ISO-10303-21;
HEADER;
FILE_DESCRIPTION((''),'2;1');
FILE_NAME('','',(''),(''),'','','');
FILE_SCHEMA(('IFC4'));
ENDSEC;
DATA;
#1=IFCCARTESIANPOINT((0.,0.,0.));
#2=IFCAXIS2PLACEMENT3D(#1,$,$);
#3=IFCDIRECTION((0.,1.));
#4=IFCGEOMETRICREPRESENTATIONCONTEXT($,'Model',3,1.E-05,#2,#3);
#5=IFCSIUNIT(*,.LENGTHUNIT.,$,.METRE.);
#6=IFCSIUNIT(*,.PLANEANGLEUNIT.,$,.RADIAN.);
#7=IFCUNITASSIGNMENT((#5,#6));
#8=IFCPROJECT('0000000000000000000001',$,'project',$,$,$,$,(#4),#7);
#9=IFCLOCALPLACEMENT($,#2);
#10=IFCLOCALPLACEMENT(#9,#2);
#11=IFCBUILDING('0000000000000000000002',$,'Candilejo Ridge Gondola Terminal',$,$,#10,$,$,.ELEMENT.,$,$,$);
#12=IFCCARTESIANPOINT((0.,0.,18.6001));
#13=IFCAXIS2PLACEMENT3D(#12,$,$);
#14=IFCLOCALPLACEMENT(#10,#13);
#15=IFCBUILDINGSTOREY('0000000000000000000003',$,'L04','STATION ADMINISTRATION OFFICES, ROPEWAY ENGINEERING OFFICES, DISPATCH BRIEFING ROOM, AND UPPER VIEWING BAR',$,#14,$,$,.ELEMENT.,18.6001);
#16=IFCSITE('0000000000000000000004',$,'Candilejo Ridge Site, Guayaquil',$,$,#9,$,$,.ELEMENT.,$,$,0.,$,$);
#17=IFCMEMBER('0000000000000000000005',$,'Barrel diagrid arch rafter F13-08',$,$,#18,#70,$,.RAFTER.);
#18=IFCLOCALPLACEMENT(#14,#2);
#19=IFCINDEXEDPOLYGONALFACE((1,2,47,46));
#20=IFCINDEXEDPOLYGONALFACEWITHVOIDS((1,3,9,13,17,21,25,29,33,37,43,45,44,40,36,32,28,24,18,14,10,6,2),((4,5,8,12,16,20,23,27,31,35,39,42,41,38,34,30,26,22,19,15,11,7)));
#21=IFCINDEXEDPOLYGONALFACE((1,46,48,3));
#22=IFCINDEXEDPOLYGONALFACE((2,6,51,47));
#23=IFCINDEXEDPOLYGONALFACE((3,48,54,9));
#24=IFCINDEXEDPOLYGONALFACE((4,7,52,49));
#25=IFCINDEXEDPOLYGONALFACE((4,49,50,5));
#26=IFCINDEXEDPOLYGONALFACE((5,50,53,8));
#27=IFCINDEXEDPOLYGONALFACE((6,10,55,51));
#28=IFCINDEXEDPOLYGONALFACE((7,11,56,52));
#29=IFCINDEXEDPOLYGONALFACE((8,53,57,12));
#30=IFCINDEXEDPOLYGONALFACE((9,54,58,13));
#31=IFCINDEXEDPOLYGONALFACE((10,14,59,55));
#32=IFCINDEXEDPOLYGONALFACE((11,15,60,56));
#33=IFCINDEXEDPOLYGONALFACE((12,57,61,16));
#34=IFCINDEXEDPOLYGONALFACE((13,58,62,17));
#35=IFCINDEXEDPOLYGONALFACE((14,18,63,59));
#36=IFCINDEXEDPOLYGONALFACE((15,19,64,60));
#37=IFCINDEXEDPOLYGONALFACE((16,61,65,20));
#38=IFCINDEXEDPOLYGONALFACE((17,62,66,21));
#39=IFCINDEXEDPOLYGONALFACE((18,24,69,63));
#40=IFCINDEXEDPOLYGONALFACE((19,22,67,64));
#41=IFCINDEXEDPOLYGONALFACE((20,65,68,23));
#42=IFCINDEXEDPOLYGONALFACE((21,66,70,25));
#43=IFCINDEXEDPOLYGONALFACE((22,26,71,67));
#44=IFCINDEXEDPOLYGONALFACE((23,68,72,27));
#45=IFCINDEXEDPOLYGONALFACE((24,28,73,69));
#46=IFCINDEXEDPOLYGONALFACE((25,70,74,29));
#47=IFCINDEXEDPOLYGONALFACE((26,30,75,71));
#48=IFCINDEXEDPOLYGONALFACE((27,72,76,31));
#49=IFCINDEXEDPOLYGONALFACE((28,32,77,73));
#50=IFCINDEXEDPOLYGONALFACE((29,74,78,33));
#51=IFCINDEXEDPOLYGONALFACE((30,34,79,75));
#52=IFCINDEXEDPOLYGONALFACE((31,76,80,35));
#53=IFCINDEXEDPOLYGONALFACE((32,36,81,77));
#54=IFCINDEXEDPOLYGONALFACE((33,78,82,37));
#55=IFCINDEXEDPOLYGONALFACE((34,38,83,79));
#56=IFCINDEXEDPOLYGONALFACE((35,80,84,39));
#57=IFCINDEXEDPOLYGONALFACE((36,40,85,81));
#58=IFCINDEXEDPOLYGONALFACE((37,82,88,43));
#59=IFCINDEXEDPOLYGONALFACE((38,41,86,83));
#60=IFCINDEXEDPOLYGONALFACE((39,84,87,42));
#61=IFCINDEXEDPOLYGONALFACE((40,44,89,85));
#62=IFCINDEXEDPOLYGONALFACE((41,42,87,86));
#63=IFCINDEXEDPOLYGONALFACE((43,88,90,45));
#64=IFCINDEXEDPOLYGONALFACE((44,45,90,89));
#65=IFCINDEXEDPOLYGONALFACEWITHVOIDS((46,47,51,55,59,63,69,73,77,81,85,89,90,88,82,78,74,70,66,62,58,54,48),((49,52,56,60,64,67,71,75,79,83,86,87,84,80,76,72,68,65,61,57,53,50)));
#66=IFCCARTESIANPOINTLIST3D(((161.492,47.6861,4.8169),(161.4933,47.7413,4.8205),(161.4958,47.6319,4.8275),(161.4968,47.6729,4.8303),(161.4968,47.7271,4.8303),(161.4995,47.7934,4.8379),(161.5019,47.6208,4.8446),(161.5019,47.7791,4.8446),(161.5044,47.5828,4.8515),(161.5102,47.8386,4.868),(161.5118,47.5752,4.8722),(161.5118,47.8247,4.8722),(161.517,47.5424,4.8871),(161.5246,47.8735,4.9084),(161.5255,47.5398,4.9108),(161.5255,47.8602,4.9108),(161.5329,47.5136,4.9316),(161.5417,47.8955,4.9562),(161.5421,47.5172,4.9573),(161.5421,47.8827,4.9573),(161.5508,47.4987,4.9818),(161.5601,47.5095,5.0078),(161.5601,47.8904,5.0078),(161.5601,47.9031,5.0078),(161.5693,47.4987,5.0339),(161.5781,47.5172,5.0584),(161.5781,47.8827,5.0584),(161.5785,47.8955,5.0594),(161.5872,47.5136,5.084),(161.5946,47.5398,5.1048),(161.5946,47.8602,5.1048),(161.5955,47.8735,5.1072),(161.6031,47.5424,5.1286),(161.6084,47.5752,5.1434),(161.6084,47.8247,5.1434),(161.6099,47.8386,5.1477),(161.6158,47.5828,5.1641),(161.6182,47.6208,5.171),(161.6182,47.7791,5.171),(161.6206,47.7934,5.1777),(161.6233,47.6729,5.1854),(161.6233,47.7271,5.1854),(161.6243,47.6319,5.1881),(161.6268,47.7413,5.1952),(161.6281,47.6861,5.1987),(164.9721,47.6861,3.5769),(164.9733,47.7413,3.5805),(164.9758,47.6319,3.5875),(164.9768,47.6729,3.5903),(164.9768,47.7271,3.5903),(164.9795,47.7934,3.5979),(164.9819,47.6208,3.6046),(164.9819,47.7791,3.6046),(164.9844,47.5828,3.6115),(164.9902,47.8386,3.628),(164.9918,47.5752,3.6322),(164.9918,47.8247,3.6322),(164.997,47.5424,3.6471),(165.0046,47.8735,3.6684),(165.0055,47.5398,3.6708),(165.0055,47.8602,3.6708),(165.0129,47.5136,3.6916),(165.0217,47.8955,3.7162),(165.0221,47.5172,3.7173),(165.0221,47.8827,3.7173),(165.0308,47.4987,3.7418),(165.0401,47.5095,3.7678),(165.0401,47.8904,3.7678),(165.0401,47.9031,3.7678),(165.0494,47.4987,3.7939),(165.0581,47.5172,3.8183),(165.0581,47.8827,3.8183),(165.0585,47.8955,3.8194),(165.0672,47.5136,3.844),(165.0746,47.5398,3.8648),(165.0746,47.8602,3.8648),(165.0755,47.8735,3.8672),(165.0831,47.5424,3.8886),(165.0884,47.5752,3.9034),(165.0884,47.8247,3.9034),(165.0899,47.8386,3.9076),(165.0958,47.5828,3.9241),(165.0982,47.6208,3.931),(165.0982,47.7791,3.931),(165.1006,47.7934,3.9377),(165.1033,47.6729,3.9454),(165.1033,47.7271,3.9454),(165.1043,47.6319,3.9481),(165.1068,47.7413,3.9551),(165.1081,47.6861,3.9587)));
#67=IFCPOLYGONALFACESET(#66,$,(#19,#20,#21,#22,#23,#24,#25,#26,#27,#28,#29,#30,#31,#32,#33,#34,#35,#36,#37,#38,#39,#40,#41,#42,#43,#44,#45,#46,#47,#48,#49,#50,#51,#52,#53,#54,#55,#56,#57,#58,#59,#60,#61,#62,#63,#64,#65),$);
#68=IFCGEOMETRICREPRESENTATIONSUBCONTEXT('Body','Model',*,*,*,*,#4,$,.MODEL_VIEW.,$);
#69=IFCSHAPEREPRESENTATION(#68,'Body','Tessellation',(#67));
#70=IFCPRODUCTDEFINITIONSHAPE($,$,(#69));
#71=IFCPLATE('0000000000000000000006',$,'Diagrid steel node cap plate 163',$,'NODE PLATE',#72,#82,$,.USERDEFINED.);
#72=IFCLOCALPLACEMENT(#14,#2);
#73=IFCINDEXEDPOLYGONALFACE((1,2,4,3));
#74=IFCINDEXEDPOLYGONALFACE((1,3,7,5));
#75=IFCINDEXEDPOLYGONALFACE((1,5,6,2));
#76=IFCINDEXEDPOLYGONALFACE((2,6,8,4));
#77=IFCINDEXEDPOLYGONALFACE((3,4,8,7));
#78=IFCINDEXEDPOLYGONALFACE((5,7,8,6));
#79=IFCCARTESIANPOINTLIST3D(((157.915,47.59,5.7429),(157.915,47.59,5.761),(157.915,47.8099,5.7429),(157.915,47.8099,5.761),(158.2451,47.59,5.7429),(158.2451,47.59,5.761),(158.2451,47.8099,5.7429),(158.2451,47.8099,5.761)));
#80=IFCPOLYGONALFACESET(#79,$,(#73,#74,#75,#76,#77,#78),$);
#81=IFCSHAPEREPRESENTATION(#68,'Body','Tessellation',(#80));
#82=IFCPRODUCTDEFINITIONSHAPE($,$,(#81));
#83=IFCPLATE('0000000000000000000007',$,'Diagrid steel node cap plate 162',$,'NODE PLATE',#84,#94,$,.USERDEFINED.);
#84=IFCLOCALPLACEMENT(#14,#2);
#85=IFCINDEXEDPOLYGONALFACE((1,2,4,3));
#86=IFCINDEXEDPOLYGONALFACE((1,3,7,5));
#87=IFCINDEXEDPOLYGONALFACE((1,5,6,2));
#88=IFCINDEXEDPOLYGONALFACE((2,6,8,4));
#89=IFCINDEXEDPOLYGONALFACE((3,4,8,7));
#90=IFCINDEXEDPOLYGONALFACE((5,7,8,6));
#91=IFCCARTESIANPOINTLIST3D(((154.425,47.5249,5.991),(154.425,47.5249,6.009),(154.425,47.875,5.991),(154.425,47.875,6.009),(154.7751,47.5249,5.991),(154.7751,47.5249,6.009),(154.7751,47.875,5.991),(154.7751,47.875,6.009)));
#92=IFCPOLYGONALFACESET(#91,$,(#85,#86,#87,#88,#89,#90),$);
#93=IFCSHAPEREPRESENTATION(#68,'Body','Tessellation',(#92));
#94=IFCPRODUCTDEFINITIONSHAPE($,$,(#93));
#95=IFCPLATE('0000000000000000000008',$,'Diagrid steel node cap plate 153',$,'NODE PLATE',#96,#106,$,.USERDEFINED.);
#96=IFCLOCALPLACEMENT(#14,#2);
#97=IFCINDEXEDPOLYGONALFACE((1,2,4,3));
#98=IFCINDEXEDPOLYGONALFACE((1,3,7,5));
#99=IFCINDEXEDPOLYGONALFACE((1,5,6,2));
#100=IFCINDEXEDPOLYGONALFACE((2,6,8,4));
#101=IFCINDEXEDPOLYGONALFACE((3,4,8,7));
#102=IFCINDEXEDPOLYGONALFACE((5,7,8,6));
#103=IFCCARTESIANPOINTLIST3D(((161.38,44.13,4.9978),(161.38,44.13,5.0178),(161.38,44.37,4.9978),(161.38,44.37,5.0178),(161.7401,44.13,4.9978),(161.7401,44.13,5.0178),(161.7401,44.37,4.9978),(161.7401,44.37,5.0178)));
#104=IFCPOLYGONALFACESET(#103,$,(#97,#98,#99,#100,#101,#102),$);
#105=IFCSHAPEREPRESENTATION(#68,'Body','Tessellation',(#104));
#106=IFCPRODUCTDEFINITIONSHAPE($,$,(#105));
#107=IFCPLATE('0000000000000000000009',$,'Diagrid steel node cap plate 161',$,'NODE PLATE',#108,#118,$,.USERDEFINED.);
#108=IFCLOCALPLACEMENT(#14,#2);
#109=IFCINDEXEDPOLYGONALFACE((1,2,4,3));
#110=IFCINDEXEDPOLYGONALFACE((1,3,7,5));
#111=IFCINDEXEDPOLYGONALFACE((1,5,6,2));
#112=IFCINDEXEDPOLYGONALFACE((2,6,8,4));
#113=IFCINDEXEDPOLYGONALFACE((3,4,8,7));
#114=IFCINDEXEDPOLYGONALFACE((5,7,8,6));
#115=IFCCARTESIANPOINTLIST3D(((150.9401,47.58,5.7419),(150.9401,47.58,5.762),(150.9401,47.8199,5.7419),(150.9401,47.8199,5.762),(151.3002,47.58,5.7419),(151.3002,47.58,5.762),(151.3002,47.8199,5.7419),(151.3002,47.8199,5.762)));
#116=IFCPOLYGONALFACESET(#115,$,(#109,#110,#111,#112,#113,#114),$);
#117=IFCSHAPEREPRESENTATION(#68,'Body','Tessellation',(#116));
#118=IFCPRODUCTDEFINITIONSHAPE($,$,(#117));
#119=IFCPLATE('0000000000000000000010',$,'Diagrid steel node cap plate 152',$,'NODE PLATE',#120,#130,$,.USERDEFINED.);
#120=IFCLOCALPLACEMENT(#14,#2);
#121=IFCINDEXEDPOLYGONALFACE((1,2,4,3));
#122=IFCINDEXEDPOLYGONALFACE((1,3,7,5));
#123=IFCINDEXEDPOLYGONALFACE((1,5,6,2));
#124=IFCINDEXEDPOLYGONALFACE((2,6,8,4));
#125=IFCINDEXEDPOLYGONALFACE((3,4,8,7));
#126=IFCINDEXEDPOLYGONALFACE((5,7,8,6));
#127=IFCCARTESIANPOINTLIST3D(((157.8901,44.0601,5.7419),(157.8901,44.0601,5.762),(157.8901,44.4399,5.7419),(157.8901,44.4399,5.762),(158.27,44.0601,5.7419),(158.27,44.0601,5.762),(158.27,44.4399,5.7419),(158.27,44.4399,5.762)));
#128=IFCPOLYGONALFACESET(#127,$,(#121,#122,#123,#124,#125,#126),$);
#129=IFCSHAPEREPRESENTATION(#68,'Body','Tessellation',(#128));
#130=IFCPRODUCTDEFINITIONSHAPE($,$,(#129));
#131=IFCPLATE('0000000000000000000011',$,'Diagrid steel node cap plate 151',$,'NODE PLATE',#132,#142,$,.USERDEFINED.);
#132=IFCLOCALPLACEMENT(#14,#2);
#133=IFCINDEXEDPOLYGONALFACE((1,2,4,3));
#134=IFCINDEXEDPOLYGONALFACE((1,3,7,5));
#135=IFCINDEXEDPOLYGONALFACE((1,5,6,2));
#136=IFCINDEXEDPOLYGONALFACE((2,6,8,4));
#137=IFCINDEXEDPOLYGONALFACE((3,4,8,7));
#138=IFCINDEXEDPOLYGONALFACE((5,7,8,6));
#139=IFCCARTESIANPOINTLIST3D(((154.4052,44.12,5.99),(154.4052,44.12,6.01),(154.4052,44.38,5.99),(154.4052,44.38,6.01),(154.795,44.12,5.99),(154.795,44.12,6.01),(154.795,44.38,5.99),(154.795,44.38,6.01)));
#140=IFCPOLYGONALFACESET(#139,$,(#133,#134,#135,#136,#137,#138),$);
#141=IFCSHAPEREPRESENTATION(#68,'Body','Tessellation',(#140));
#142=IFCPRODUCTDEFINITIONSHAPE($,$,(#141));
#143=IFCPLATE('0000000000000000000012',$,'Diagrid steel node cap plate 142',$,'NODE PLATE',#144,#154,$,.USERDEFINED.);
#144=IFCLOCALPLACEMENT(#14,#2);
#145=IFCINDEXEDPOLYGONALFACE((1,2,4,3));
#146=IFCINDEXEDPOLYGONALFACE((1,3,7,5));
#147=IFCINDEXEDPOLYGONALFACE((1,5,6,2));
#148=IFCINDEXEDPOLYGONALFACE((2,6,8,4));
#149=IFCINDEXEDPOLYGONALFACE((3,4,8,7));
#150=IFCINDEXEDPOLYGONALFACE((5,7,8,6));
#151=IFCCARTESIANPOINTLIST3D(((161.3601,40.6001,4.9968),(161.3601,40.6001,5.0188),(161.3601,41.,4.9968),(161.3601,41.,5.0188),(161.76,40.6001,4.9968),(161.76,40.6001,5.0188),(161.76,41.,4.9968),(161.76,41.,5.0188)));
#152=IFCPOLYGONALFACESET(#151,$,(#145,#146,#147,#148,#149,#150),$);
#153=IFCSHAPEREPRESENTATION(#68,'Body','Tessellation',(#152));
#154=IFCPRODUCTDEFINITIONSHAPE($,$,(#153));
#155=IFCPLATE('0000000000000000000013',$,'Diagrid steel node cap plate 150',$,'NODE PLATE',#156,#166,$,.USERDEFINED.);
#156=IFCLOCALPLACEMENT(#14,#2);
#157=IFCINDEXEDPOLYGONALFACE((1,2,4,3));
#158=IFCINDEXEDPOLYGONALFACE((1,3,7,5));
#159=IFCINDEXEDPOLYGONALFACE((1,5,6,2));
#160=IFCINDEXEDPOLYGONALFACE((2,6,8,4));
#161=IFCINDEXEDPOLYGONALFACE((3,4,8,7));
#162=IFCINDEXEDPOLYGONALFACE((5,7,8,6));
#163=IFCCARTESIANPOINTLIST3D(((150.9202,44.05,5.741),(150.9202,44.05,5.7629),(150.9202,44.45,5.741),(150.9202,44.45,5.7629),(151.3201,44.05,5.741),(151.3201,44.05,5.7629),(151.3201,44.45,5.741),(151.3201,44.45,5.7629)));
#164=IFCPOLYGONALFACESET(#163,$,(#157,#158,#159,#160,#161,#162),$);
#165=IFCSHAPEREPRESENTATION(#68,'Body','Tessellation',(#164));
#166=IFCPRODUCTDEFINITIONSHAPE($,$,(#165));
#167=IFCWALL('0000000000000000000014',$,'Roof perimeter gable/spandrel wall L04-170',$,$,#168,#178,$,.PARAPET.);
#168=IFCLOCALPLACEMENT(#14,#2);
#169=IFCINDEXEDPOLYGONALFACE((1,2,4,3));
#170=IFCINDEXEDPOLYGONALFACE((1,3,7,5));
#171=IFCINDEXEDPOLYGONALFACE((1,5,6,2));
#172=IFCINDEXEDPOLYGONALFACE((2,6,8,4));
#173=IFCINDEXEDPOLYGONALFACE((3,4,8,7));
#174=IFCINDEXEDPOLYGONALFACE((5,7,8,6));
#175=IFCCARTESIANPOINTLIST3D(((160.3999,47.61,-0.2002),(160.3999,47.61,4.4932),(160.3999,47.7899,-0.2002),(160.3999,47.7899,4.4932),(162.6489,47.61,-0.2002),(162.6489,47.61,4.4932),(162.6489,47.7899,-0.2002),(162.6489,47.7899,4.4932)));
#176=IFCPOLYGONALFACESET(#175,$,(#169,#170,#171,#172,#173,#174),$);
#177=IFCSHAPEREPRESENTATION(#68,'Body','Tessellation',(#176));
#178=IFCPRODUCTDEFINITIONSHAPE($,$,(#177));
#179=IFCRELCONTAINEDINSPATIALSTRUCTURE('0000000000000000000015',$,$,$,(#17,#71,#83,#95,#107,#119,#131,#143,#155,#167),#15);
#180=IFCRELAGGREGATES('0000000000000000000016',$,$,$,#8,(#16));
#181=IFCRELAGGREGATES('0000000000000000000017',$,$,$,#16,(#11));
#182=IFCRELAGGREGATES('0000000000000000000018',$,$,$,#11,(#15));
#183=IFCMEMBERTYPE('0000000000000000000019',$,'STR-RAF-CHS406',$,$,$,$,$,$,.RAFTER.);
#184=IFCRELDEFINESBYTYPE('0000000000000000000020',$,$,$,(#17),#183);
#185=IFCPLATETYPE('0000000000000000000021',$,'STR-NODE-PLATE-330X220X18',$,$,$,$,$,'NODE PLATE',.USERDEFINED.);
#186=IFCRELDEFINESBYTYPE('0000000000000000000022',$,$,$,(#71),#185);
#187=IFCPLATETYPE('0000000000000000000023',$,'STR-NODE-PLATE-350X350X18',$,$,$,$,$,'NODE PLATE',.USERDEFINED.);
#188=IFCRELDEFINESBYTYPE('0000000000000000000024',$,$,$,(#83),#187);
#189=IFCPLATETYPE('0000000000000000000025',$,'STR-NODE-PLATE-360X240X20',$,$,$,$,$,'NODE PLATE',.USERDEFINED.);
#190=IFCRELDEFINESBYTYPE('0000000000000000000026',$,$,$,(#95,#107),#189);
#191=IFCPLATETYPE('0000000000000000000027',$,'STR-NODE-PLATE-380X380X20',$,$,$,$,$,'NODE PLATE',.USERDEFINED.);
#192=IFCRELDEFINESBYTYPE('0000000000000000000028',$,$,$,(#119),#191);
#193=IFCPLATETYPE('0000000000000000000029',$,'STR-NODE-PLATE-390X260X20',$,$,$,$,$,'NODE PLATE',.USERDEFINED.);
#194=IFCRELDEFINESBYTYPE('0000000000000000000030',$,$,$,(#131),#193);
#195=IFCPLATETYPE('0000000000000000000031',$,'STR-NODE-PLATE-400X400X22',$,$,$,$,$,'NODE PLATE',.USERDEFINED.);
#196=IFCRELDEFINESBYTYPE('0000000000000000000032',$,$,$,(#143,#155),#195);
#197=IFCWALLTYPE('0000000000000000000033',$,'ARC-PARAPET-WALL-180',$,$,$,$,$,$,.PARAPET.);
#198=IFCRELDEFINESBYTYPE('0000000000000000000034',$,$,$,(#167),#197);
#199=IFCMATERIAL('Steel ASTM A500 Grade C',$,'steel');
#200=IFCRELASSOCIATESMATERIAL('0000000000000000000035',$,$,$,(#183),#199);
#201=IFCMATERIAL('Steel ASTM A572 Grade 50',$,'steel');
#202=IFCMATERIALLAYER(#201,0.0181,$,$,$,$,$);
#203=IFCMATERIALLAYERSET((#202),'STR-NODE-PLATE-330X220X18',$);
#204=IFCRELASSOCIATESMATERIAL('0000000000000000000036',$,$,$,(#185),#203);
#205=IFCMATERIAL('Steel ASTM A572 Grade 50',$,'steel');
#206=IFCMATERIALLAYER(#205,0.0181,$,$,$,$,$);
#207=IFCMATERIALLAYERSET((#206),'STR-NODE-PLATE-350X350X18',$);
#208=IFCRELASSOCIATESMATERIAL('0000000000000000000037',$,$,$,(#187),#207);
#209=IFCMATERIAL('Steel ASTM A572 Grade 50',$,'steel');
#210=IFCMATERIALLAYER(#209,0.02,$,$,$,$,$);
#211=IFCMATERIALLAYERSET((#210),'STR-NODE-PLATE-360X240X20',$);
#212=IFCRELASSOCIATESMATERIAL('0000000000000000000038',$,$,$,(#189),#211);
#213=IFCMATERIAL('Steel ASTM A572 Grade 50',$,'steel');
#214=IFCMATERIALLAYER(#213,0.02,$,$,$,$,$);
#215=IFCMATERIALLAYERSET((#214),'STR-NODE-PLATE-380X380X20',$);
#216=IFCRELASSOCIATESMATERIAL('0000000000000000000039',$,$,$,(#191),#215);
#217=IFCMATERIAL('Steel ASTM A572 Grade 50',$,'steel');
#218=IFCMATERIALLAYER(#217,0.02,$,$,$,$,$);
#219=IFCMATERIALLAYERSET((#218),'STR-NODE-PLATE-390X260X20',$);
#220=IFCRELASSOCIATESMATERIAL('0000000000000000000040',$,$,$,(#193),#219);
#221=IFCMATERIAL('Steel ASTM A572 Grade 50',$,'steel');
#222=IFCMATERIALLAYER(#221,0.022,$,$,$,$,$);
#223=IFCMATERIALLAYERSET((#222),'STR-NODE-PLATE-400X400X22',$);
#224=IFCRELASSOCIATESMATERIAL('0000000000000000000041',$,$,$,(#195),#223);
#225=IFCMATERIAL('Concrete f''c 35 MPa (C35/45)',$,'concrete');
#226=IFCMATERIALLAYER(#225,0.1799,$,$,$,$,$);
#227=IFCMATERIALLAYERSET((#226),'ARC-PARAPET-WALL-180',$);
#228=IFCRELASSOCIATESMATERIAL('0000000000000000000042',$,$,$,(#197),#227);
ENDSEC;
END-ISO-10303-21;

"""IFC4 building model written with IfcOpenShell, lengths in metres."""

from ifc_helpers import new_model, si_unit, direction, frame, frame_2d, origin, origin_2d, place, context, subcontext, project, spatial, rectangle, hollow_circle, extrude, material, layer, layer_set, material_profile, profile_set, type_object, element, save


model = new_model("IFC4")

# Units and contexts
model_context = context("Model", 3, precision=1e-05, world=origin(), true_north=direction((0.0, 1.0)))
body_context = subcontext(model_context, "Body", "Model", "MODEL_VIEW")
ifc_project = project(units=[si_unit("LENGTHUNIT", "METRE"), si_unit("PLANEANGLEUNIT", "RADIAN")], contexts=[model_context])

# Site, building, storey
site_placement = place(None, origin())
site = spatial("IfcSite", under=ifc_project, at=site_placement, Name="Candilejo Ridge Site, Guayaquil", CompositionType="ELEMENT", RefElevation=0.0)
building_placement = place(site_placement, origin())
building = spatial("IfcBuilding", under=site, at=building_placement, Name="Candilejo Ridge Gondola Terminal", CompositionType="ELEMENT")
storey_placement = place(building_placement, frame((0.0, 0.0, 18.6001)))
storey = spatial("IfcBuildingStorey", under=building, at=storey_placement, Name="L04", Description="STATION ADMINISTRATION OFFICES, ROPEWAY ENGINEERING OFFICES, DISPATCH BRIEFING ROOM, AND UPPER VIEWING BAR", CompositionType="ELEMENT", Elevation=18.6001)

# Member
ifc_material_1 = material(Name="Steel ASTM A500 Grade C", Category="steel")
ifc_material_profile_1 = material_profile(ifc_material_1, hollow_circle(Radius=0.2031, WallThickness=0.0127, at=origin_2d()))
ifc_profile_set_1 = profile_set([ifc_material_profile_1], Name="Steel ASTM A500 Grade C")
member_type_1 = type_object("IfcMemberType", Name="STR-RAF-CHS406", PredefinedType="RAFTER", material=ifc_profile_set_1)
member_1_placement = place(storey_placement, frame((161.5601, 47.7, 5.0078), z_axis=(0.941987, 0.0, -0.33565), x_axis=(0.0, 1.0, 0.0)))
element("IfcMember", 1, at=member_1_placement, inside=storey, type_object=member_type_1, Name="Barrel diagrid arch rafter F13-08", PredefinedType="RAFTER", context=body_context, shape_type="SweptSolid", body=[
    extrude(hollow_circle(Radius=0.2031, WallThickness=0.0127, at=origin_2d()), origin(), (0.0, 0.0, 1.0), 3.6943),
])

# Plates
ifc_material_2 = material(Name="Steel ASTM A572 Grade 50", Category="steel")
ifc_layer_1 = layer(ifc_material_2, 0.0181)
ifc_layer_set_1 = layer_set([ifc_layer_1], Name="STR-NODE-PLATE-330X220X18")
plate_type_1 = type_object("IfcPlateType", Name="STR-NODE-PLATE-330X220X18", ElementType="NODE PLATE", PredefinedType="USERDEFINED", material=ifc_layer_set_1)
plate_1_placement = place(storey_placement, frame((158.0801, 47.7, 5.7429), z_axis=(0.0, 0.0, 1.0), x_axis=(1.0, 0.0, 0.0)))
element("IfcPlate", 2, at=plate_1_placement, inside=storey, type_object=plate_type_1, Name="Diagrid steel node cap plate 163", ObjectType="NODE PLATE", PredefinedType="USERDEFINED", context=body_context, shape_type="SweptSolid", body=[
    extrude(rectangle(XDim=0.3301, YDim=0.22, at=origin_2d()), origin(), (0.0, 0.0, 1.0), 0.0181),
])
ifc_material_3 = material(Name="Steel ASTM A572 Grade 50", Category="steel")
ifc_layer_2 = layer(ifc_material_3, 0.0181)
ifc_layer_set_2 = layer_set([ifc_layer_2], Name="STR-NODE-PLATE-350X350X18")
plate_type_2 = type_object("IfcPlateType", Name="STR-NODE-PLATE-350X350X18", ElementType="NODE PLATE", PredefinedType="USERDEFINED", material=ifc_layer_set_2)
plate_2_placement = place(storey_placement, frame((154.6001, 47.7, 5.991), z_axis=(0.0, 0.0, 1.0), x_axis=(1.0, 0.0, 0.0)))
element("IfcPlate", 3, at=plate_2_placement, inside=storey, type_object=plate_type_2, Name="Diagrid steel node cap plate 162", ObjectType="NODE PLATE", PredefinedType="USERDEFINED", context=body_context, shape_type="SweptSolid", body=[
    extrude(rectangle(XDim=0.3501, YDim=0.3501, at=origin_2d()), origin(), (0.0, 0.0, 1.0), 0.0181),
])
ifc_material_4 = material(Name="Steel ASTM A572 Grade 50", Category="steel")
ifc_layer_3 = layer(ifc_material_4, 0.02)
ifc_layer_set_3 = layer_set([ifc_layer_3], Name="STR-NODE-PLATE-360X240X20")
plate_type_3 = type_object("IfcPlateType", Name="STR-NODE-PLATE-360X240X20", ElementType="NODE PLATE", PredefinedType="USERDEFINED", material=ifc_layer_set_3)
for number, where, z_axis, x_axis, name in (
    (4, (161.5601, 44.25, 4.9978), (0.0, 0.0, 1.0), (1.0, 0.0, 0.0), "Diagrid steel node cap plate 153"),
    (5, (151.1201, 47.7, 5.7419), (0.0, 0.0, 1.0), (1.0, 0.0, 0.0), "Diagrid steel node cap plate 161"),
):
    element("IfcPlate", number, at=place(storey_placement, frame(where, z_axis=z_axis, x_axis=x_axis)), inside=storey, type_object=plate_type_3, Name=name, ObjectType="NODE PLATE", PredefinedType="USERDEFINED", context=body_context, shape_type="SweptSolid", body=[
        extrude(rectangle(XDim=0.3601, YDim=0.24, at=origin_2d()), origin(), (0.0, 0.0, 1.0), 0.02),
    ])
ifc_material_5 = material(Name="Steel ASTM A572 Grade 50", Category="steel")
ifc_layer_4 = layer(ifc_material_5, 0.02)
ifc_layer_set_4 = layer_set([ifc_layer_4], Name="STR-NODE-PLATE-380X380X20")
plate_type_4 = type_object("IfcPlateType", Name="STR-NODE-PLATE-380X380X20", ElementType="NODE PLATE", PredefinedType="USERDEFINED", material=ifc_layer_set_4)
plate_3_placement = place(storey_placement, frame((158.0801, 44.25, 5.7419), z_axis=(0.0, 0.0, 1.0), x_axis=(1.0, 0.0, 0.0)))
element("IfcPlate", 6, at=plate_3_placement, inside=storey, type_object=plate_type_4, Name="Diagrid steel node cap plate 152", ObjectType="NODE PLATE", PredefinedType="USERDEFINED", context=body_context, shape_type="SweptSolid", body=[
    extrude(rectangle(XDim=0.3799, YDim=0.3799, at=origin_2d()), origin(), (0.0, 0.0, 1.0), 0.02),
])
ifc_material_6 = material(Name="Steel ASTM A572 Grade 50", Category="steel")
ifc_layer_5 = layer(ifc_material_6, 0.02)
ifc_layer_set_5 = layer_set([ifc_layer_5], Name="STR-NODE-PLATE-390X260X20")
plate_type_5 = type_object("IfcPlateType", Name="STR-NODE-PLATE-390X260X20", ElementType="NODE PLATE", PredefinedType="USERDEFINED", material=ifc_layer_set_5)
plate_4_placement = place(storey_placement, frame((154.6001, 44.25, 5.99), z_axis=(0.0, 0.0, 1.0), x_axis=(1.0, 0.0, 0.0)))
element("IfcPlate", 7, at=plate_4_placement, inside=storey, type_object=plate_type_5, Name="Diagrid steel node cap plate 151", ObjectType="NODE PLATE", PredefinedType="USERDEFINED", context=body_context, shape_type="SweptSolid", body=[
    extrude(rectangle(XDim=0.3899, YDim=0.26, at=origin_2d()), origin(), (0.0, 0.0, 1.0), 0.02),
])
ifc_material_7 = material(Name="Steel ASTM A572 Grade 50", Category="steel")
ifc_layer_6 = layer(ifc_material_7, 0.022)
ifc_layer_set_6 = layer_set([ifc_layer_6], Name="STR-NODE-PLATE-400X400X22")
plate_type_6 = type_object("IfcPlateType", Name="STR-NODE-PLATE-400X400X22", ElementType="NODE PLATE", PredefinedType="USERDEFINED", material=ifc_layer_set_6)
for number, where, z_axis, x_axis, name in (
    (8, (161.5601, 40.8, 4.9968), (0.0, 0.0, 1.0), (1.0, 0.0, 0.0), "Diagrid steel node cap plate 142"),
    (9, (151.1201, 44.25, 5.741), (0.0, 0.0, 1.0), (1.0, 0.0, 0.0), "Diagrid steel node cap plate 150"),
):
    element("IfcPlate", number, at=place(storey_placement, frame(where, z_axis=z_axis, x_axis=x_axis)), inside=storey, type_object=plate_type_6, Name=name, ObjectType="NODE PLATE", PredefinedType="USERDEFINED", context=body_context, shape_type="SweptSolid", body=[
        extrude(rectangle(XDim=0.3999, YDim=0.3999, at=origin_2d()), origin(), (0.0, 0.0, 1.0), 0.022),
    ])

# Wall
ifc_material_8 = material(Name="Concrete f'c 35 MPa (C35/45)", Category="concrete")
ifc_layer_7 = layer(ifc_material_8, 0.1799)
ifc_layer_set_7 = layer_set([ifc_layer_7], Name="ARC-PARAPET-WALL-180")
wall_type = type_object("IfcWallType", Name="ARC-PARAPET-WALL-180", PredefinedType="PARAPET", material=ifc_layer_set_7)
wall_placement = place(storey_placement, frame((160.3999, 47.7, -0.2002), z_axis=(0.0, 0.0, 1.0), x_axis=(1.0, 0.0, 0.0)))
element("IfcWall", 10, at=wall_placement, inside=storey, type_object=wall_type, Name="Roof perimeter gable/spandrel wall L04-170", PredefinedType="PARAPET", context=body_context, shape_type="SweptSolid", body=[
    extrude(rectangle(XDim=2.249, YDim=0.1799, at=frame_2d((1.1245, 0.0))), origin(), (0.0, 0.0, 1.0), 4.6934),
])

save(model, "model.ifc")
